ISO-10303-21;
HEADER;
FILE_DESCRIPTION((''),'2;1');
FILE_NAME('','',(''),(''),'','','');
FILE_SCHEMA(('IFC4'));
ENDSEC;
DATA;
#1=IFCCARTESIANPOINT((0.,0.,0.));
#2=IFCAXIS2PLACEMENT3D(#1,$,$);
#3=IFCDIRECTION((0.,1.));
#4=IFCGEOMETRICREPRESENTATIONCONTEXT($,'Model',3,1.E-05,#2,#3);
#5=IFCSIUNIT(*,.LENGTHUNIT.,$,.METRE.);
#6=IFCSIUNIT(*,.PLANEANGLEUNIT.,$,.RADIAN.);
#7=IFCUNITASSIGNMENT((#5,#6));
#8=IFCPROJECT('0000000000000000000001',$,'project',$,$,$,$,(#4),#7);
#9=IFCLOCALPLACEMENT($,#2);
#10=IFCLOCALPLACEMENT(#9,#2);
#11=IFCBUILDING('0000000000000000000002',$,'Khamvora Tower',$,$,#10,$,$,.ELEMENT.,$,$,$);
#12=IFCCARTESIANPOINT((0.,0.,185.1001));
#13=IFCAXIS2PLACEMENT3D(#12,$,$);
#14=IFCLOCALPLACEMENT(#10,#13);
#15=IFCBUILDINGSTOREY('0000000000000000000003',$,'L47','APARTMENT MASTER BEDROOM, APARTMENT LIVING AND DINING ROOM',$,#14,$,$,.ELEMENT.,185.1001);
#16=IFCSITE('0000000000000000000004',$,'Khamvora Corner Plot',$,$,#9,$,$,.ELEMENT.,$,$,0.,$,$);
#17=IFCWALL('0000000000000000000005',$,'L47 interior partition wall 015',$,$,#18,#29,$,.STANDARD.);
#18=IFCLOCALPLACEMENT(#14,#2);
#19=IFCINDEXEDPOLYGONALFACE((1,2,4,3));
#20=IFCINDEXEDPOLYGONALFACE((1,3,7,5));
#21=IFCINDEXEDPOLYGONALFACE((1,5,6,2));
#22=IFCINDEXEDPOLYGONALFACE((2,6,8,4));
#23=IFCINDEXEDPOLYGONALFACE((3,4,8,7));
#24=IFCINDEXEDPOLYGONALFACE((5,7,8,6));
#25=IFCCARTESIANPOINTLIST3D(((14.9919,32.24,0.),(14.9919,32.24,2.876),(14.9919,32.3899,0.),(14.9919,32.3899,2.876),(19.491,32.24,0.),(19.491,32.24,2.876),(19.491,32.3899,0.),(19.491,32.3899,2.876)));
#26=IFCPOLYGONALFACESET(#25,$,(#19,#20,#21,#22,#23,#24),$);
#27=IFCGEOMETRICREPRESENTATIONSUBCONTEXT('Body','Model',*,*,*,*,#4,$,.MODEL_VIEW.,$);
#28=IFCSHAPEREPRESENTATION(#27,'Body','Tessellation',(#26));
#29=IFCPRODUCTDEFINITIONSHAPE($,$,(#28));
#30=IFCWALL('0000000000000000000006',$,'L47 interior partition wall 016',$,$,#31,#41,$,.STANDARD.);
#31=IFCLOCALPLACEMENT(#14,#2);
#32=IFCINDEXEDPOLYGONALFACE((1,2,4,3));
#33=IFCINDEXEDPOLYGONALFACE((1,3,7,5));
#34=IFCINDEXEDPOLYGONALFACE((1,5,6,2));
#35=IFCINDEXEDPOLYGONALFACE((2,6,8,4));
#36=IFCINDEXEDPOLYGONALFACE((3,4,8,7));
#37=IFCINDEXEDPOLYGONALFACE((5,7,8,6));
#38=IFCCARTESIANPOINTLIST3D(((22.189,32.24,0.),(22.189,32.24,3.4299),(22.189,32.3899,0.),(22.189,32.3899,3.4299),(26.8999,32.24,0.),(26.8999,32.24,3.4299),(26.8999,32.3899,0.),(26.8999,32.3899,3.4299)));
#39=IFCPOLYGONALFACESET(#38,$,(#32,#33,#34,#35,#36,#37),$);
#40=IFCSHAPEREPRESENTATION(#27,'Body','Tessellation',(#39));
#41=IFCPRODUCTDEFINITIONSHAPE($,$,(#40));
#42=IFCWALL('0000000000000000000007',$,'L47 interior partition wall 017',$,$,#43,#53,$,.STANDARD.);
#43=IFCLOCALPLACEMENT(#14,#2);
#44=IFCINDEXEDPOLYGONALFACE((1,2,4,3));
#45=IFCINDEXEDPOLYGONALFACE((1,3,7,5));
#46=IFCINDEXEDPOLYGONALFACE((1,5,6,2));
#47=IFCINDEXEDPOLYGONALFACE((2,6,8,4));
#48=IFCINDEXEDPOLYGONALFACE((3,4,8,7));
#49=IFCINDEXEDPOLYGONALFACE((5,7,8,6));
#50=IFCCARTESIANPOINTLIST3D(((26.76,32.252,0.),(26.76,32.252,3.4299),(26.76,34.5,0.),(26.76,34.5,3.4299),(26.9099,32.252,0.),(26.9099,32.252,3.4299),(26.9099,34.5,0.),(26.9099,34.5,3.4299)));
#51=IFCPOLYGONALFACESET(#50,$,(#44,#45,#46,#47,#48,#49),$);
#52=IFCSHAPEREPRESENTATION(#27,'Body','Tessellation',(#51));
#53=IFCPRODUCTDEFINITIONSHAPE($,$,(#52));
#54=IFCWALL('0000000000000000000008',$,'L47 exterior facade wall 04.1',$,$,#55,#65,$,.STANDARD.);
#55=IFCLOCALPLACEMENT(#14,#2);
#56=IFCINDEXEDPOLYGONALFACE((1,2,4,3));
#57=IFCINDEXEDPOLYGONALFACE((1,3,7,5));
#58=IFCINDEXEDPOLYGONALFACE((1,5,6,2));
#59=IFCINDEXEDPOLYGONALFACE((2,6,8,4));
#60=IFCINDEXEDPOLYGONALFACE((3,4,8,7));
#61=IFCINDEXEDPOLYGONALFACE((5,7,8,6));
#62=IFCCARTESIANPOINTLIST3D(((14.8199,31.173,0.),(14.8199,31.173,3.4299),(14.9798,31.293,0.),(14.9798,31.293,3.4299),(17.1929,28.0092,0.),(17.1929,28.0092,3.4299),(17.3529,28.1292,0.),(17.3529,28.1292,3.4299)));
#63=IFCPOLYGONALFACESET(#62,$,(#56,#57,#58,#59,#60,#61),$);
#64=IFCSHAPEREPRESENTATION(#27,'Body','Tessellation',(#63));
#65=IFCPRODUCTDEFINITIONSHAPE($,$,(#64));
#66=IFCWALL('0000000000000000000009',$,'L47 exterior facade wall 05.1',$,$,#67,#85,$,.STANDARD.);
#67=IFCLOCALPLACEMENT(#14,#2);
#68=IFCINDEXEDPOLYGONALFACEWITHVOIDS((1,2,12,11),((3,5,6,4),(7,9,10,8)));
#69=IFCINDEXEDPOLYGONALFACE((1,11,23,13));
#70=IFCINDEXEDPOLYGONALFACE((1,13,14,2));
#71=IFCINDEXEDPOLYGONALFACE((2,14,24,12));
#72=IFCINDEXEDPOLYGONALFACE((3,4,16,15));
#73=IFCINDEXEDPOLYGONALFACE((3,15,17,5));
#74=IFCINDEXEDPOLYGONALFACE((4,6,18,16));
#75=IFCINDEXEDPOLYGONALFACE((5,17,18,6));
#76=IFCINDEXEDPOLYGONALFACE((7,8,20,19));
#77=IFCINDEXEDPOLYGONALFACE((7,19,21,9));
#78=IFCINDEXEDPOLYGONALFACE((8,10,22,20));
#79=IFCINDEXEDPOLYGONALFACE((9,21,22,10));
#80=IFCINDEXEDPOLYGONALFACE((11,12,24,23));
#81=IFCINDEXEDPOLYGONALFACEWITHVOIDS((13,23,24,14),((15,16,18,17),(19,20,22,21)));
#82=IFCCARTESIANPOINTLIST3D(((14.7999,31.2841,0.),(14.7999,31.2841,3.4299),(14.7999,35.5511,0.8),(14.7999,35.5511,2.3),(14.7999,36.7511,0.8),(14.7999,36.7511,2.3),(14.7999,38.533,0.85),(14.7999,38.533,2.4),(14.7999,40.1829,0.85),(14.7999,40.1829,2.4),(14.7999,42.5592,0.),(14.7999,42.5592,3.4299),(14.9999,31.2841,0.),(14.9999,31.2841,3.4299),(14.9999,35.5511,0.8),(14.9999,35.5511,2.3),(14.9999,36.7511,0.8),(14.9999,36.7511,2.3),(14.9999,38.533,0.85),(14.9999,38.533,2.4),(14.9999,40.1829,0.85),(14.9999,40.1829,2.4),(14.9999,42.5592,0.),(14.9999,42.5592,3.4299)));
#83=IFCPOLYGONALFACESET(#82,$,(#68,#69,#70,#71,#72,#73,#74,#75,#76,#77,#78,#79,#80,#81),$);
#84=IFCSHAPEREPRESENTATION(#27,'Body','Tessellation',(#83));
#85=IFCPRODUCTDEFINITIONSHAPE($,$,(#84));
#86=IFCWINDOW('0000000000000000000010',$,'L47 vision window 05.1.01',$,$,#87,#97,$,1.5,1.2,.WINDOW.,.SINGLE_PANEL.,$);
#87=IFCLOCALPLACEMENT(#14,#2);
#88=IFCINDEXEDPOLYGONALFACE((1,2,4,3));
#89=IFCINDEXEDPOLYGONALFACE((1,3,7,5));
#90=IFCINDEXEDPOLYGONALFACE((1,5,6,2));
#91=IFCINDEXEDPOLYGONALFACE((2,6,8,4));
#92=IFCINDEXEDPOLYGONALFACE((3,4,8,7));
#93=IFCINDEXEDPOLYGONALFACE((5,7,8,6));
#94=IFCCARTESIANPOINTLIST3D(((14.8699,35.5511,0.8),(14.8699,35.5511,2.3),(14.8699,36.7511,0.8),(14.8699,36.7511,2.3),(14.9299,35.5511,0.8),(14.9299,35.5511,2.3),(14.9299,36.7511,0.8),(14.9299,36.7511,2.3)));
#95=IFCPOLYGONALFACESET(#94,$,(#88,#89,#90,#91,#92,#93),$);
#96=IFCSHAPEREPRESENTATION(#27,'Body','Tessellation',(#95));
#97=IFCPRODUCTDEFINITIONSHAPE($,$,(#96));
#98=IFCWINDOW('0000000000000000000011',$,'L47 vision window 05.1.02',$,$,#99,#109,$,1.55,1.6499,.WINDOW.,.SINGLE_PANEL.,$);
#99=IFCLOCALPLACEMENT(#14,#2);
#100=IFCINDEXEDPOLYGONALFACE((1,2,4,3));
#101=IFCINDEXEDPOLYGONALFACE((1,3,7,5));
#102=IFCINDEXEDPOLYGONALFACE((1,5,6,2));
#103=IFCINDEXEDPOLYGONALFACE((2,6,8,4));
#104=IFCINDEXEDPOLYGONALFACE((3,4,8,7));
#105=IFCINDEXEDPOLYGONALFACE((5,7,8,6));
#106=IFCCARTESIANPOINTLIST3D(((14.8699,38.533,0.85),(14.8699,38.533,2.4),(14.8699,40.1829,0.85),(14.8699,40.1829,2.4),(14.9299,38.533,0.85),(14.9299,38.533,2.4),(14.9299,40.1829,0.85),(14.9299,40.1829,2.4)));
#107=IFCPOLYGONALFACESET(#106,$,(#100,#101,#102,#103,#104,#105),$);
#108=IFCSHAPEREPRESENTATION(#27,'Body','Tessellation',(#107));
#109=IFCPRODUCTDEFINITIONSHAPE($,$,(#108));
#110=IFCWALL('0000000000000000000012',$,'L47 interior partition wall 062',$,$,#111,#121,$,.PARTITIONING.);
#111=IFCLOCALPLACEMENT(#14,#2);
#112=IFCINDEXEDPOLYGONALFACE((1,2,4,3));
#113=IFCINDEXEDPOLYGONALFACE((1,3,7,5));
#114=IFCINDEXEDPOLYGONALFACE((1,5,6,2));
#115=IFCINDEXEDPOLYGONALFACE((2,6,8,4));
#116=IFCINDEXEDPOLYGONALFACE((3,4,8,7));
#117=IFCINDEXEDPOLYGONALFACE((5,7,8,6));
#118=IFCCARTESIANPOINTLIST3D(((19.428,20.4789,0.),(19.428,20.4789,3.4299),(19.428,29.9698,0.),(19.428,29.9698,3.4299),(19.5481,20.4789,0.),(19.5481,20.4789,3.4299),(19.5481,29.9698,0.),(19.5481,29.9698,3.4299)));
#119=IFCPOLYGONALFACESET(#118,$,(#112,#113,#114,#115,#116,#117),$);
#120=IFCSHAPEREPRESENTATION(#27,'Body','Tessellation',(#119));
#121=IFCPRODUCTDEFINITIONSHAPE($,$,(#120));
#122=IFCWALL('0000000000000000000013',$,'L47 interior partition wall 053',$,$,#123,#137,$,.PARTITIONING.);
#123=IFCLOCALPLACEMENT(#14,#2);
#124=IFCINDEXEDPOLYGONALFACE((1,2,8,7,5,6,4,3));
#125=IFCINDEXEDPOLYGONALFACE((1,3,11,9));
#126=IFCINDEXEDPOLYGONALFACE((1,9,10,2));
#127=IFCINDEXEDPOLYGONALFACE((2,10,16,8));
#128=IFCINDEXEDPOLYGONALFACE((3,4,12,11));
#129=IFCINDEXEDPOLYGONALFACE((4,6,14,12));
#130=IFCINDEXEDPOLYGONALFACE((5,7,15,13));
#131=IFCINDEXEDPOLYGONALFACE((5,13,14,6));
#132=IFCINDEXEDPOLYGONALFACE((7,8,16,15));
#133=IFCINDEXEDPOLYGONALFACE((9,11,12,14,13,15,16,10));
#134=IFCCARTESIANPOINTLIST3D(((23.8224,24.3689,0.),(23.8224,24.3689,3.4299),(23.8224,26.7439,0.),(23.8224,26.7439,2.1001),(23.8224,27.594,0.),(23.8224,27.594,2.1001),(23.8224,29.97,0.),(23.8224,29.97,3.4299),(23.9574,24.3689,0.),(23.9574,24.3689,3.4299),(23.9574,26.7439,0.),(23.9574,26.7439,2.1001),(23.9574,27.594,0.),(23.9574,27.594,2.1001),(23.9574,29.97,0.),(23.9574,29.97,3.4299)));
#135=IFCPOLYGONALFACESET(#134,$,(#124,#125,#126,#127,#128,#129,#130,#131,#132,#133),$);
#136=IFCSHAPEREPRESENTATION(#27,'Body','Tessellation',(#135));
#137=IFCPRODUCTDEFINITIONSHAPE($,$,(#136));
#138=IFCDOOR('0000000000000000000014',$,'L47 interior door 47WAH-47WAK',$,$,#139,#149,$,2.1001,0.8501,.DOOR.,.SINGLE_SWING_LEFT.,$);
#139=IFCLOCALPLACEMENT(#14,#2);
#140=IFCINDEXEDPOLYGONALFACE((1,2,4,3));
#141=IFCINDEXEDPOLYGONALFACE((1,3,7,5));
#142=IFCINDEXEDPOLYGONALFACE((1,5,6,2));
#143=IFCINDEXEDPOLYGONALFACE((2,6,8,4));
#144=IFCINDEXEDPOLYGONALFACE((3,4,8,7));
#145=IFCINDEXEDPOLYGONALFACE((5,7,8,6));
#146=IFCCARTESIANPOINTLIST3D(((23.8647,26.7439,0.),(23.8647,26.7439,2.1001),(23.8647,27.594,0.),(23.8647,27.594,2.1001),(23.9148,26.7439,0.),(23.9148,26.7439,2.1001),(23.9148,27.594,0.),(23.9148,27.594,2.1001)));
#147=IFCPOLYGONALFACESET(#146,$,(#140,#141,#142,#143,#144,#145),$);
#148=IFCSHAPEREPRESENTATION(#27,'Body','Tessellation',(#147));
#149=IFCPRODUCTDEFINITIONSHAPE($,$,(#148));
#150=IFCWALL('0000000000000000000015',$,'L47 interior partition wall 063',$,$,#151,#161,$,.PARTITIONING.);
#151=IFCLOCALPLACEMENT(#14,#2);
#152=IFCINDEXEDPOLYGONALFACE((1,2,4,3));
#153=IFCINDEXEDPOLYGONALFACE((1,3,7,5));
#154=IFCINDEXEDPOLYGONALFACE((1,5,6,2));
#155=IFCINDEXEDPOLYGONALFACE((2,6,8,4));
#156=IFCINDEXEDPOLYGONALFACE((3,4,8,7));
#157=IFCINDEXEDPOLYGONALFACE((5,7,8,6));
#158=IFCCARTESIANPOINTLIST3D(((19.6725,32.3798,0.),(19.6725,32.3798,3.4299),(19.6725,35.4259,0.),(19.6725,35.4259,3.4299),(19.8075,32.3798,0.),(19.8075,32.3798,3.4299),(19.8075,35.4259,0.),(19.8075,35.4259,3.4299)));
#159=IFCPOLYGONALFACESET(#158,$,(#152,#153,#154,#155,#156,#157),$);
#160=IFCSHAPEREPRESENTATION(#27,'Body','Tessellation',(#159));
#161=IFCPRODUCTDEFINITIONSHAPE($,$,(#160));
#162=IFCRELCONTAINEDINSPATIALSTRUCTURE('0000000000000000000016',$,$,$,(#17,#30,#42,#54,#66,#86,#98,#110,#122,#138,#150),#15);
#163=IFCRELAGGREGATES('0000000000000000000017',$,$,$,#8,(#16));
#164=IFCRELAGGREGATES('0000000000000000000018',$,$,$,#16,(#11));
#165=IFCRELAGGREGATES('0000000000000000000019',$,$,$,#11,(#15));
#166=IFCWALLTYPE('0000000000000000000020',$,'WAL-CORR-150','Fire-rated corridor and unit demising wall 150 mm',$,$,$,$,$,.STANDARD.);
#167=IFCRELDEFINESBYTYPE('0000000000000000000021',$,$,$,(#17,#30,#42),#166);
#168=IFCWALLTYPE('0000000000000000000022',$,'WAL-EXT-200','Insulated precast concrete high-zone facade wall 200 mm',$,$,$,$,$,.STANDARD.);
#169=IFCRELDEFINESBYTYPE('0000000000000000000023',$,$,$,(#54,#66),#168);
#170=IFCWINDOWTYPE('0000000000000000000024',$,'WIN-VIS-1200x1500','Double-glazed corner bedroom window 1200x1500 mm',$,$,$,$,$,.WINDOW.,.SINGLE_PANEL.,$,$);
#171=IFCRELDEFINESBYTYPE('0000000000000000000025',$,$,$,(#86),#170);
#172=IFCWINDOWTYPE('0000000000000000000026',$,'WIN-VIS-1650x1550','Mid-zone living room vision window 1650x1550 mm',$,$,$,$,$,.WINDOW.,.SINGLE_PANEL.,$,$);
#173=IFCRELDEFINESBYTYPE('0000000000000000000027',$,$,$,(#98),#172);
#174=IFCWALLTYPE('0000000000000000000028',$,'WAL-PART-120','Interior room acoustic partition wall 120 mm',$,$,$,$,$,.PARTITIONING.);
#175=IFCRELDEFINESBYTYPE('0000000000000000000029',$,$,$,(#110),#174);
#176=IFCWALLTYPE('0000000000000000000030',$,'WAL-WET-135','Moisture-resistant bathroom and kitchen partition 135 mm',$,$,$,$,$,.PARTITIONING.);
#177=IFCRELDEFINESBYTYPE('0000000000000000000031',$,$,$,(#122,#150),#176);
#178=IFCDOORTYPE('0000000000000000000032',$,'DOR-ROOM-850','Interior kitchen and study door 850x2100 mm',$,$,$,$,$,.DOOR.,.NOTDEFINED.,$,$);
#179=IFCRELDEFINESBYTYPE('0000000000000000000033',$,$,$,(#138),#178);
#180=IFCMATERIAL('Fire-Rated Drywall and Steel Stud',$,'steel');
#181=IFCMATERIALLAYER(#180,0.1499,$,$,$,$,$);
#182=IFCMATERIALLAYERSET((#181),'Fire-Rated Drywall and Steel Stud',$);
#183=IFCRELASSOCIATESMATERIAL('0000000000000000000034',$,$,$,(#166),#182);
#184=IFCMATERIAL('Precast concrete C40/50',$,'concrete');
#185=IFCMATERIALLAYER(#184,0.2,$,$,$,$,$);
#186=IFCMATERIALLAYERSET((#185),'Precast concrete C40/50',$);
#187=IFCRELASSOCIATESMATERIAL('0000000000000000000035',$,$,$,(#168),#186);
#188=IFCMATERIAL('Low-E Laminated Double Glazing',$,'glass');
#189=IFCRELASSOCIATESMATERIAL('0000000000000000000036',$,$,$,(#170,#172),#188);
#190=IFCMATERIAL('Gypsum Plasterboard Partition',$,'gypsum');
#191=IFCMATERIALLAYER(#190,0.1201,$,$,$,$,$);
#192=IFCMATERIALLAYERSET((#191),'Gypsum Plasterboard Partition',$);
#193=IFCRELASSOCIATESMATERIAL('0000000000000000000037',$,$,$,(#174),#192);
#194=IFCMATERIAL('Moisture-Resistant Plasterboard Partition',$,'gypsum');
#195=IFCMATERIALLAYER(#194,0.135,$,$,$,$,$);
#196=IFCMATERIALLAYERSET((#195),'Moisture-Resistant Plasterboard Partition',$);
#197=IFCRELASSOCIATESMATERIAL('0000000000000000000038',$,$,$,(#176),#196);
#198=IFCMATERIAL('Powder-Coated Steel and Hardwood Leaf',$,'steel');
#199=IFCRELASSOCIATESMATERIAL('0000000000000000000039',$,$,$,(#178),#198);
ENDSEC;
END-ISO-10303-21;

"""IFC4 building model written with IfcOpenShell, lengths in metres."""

from ifc_helpers import new_model, si_unit, direction, frame, frame_2d, origin, place, context, subcontext, project, spatial, rectangle, extrude, material, layer, layer_set, type_object, element, fill, save


model = new_model("IFC4")

# Units and contexts
model_context = context("Model", 3, precision=1e-05, world=origin(), true_north=direction((0.0, 1.0)))
body_context = subcontext(model_context, "Body", "Model", "MODEL_VIEW")
ifc_project = project(units=[si_unit("LENGTHUNIT", "METRE"), si_unit("PLANEANGLEUNIT", "RADIAN")], contexts=[model_context])

# Site, building, storey
site_placement = place(None, origin())
site = spatial("IfcSite", under=ifc_project, at=site_placement, Name="Khamvora Corner Plot", CompositionType="ELEMENT", RefElevation=0.0)
building_placement = place(site_placement, origin())
building = spatial("IfcBuilding", under=site, at=building_placement, Name="Khamvora Tower", CompositionType="ELEMENT")
storey_placement = place(building_placement, frame((0.0, 0.0, 185.1001)))
storey = spatial("IfcBuildingStorey", under=building, at=storey_placement, Name="L47", Description="APARTMENT MASTER BEDROOM, APARTMENT LIVING AND DINING ROOM", CompositionType="ELEMENT", Elevation=185.1001)

# Shared definitions
ifc_material_1 = material(Name="Fire-Rated Drywall and Steel Stud", Category="steel")
ifc_layer_1 = layer(ifc_material_1, 0.1499)
ifc_layer_set_1 = layer_set([ifc_layer_1], Name="Fire-Rated Drywall and Steel Stud")
wall_type_1 = type_object("IfcWallType", Name="WAL-CORR-150", Description="Fire-rated corridor and unit demising wall 150 mm", PredefinedType="STANDARD", material=ifc_layer_set_1)

# Shared definitions
ifc_material_2 = material(Name="Powder-Coated Steel and Hardwood Leaf", Category="steel")

# Walls
wall_1_placement = place(storey_placement, frame((14.9919, 32.3149, 0.0), z_axis=(0.0, 0.0, 1.0), x_axis=(1.0, 0.0, 0.0)))
element("IfcWall", 1, at=wall_1_placement, inside=storey, type_object=wall_type_1, Name="L47 interior partition wall 015", PredefinedType="STANDARD", context=body_context, shape_type="SweptSolid", body=[
    extrude(rectangle(XDim=4.499, YDim=0.1499, at=frame_2d((2.2495, 0.0))), origin(), (0.0, 0.0, 1.0), 2.876),
])
wall_2_placement = place(storey_placement, frame((22.189, 32.3149, 0.0), z_axis=(0.0, 0.0, 1.0), x_axis=(1.0, 0.0, 0.0)))
element("IfcWall", 2, at=wall_2_placement, inside=storey, type_object=wall_type_1, Name="L47 interior partition wall 016", PredefinedType="STANDARD", context=body_context, shape_type="SweptSolid", body=[
    extrude(rectangle(XDim=4.7109, YDim=0.1499, at=frame_2d((2.3555, 0.0))), origin(), (0.0, 0.0, 1.0), 3.4299),
])
wall_3_placement = place(storey_placement, frame((26.835, 32.252, 0.0), z_axis=(0.0, 0.0, 1.0), x_axis=(0.0, 1.0, 0.0)))
element("IfcWall", 3, at=wall_3_placement, inside=storey, type_object=wall_type_1, Name="L47 interior partition wall 017", PredefinedType="STANDARD", context=body_context, shape_type="SweptSolid", body=[
    extrude(rectangle(XDim=2.248, YDim=0.1499, at=frame_2d((1.124, 0.0))), origin(), (0.0, 0.0, 1.0), 3.4299),
])
ifc_material_3 = material(Name="Precast concrete C40/50", Category="concrete")
ifc_layer_2 = layer(ifc_material_3, 0.2)
ifc_layer_set_2 = layer_set([ifc_layer_2], Name="Precast concrete C40/50")
wall_type_2 = type_object("IfcWallType", Name="WAL-EXT-200", Description="Insulated precast concrete high-zone facade wall 200 mm", PredefinedType="STANDARD", material=ifc_layer_set_2)
wall_4_placement = place(storey_placement, frame((17.2729, 28.0691, 0.0), z_axis=(0.0, 0.0, 1.0), x_axis=(-0.60003, 0.799978, 0.0)))
element("IfcWall", 4, at=wall_4_placement, inside=storey, type_object=wall_type_2, Name="L47 exterior facade wall 04.1", PredefinedType="STANDARD", context=body_context, shape_type="SweptSolid", body=[
    extrude(rectangle(XDim=3.9548, YDim=0.2, at=frame_2d((1.9775, 0.0))), origin(), (0.0, 0.0, 1.0), 3.4299),
])

# Wall, openings, windows
wall_5_placement = place(storey_placement, frame((14.8999, 31.2839, 0.0), z_axis=(0.0, 0.0, 1.0), x_axis=(0.0, 1.0, 0.0)))
wall_5 = element("IfcWall", 5, at=wall_5_placement, inside=storey, type_object=wall_type_2, Name="L47 exterior facade wall 05.1", PredefinedType="STANDARD", context=body_context, shape_type="SweptSolid", body=[
    extrude(rectangle(XDim=11.2751, YDim=0.2, at=frame_2d((5.6377, 0.0))), origin(), (0.0, 0.0, 1.0), 3.4299),
])
opening_1_placement = place(wall_5_placement, frame((4.2671, 0.0, 0.8)))
opening_1 = element("IfcOpeningElement", 6, at=opening_1_placement, cuts=wall_5, PredefinedType="OPENING", context=body_context, shape_type="SweptSolid", body=[
    extrude(rectangle(XDim=1.2, YDim=1.5, at=frame_2d((0.6001, 0.75))), frame((0.0, 0.1099, 0.0), z_axis=(0.0, -1.0, 0.0), x_axis=(1.0, 0.0, 0.0)), (0.0, 0.0, 1.0), 0.22),
])
opening_2_placement = place(wall_5_placement, frame((7.249, 0.0, 0.8501)))
opening_2 = element("IfcOpeningElement", 7, at=opening_2_placement, cuts=wall_5, PredefinedType="OPENING", context=body_context, shape_type="SweptSolid", body=[
    extrude(rectangle(XDim=1.6499, YDim=1.55, at=frame_2d((0.825, 0.7749))), frame((0.0, 0.1099, 0.0), z_axis=(0.0, -1.0, 0.0), x_axis=(1.0, 0.0, 0.0)), (0.0, 0.0, 1.0), 0.22),
])
ifc_material_4 = material(Name="Low-E Laminated Double Glazing", Category="glass")
window_type_1 = type_object("IfcWindowType", Name="WIN-VIS-1200x1500", Description="Double-glazed corner bedroom window 1200x1500 mm", PartitioningType="SINGLE_PANEL", PredefinedType="WINDOW", material=ifc_material_4)
window_1_placement = place(opening_1_placement, origin())
window_1 = element("IfcWindow", 8, at=window_1_placement, inside=storey, type_object=window_type_1, Name="L47 vision window 05.1.01", OverallHeight=1.5, OverallWidth=1.2, PartitioningType="SINGLE_PANEL", PredefinedType="WINDOW", context=body_context, shape_type="SweptSolid", body=[
    extrude(rectangle(XDim=1.2, YDim=1.5, at=frame_2d((0.6001, 0.75))), frame((0.0, 0.03, 0.0), z_axis=(0.0, -1.0, 0.0), x_axis=(1.0, 0.0, 0.0)), (0.0, 0.0, 1.0), 0.0601),
])
fill(opening_1, window_1)
window_type_2 = type_object("IfcWindowType", Name="WIN-VIS-1650x1550", Description="Mid-zone living room vision window 1650x1550 mm", PartitioningType="SINGLE_PANEL", PredefinedType="WINDOW", material=ifc_material_4)
window_2_placement = place(opening_2_placement, origin())
window_2 = element("IfcWindow", 9, at=window_2_placement, inside=storey, type_object=window_type_2, Name="L47 vision window 05.1.02", OverallHeight=1.55, OverallWidth=1.6499, PartitioningType="SINGLE_PANEL", PredefinedType="WINDOW", context=body_context, shape_type="SweptSolid", body=[
    extrude(rectangle(XDim=1.6499, YDim=1.55, at=frame_2d((0.825, 0.7749))), frame((0.0, 0.03, 0.0), z_axis=(0.0, -1.0, 0.0), x_axis=(1.0, 0.0, 0.0)), (0.0, 0.0, 1.0), 0.0601),
])
fill(opening_2, window_2)

# Wall
ifc_material_5 = material(Name="Gypsum Plasterboard Partition", Category="gypsum")
ifc_layer_3 = layer(ifc_material_5, 0.1201)
ifc_layer_set_3 = layer_set([ifc_layer_3], Name="Gypsum Plasterboard Partition")
wall_type_3 = type_object("IfcWallType", Name="WAL-PART-120", Description="Interior room acoustic partition wall 120 mm", PredefinedType="PARTITIONING", material=ifc_layer_set_3)
wall_6_placement = place(storey_placement, frame((19.488, 29.97, 0.0), z_axis=(0.0, 0.0, 1.0), x_axis=(0.0, -1.0, 0.0)))
element("IfcWall", 10, at=wall_6_placement, inside=storey, type_object=wall_type_3, Name="L47 interior partition wall 062", PredefinedType="PARTITIONING", context=body_context, shape_type="SweptSolid", body=[
    extrude(rectangle(XDim=9.491, YDim=0.1201, at=frame_2d((4.7456, 0.0))), origin(), (0.0, 0.0, 1.0), 3.4299),
])

# Wall, opening, door
ifc_material_6 = material(Name="Moisture-Resistant Plasterboard Partition", Category="gypsum")
ifc_layer_4 = layer(ifc_material_6, 0.135)
ifc_layer_set_4 = layer_set([ifc_layer_4], Name="Moisture-Resistant Plasterboard Partition")
wall_type_4 = type_object("IfcWallType", Name="WAL-WET-135", Description="Moisture-resistant bathroom and kitchen partition 135 mm", PredefinedType="PARTITIONING", material=ifc_layer_set_4)
wall_7_placement = place(storey_placement, frame((23.8899, 29.97, 0.0), z_axis=(0.0, 0.0, 1.0), x_axis=(0.0, -1.0, 0.0)))
wall_7 = element("IfcWall", 11, at=wall_7_placement, inside=storey, type_object=wall_type_4, Name="L47 interior partition wall 053", PredefinedType="PARTITIONING", context=body_context, shape_type="SweptSolid", body=[
    extrude(rectangle(XDim=5.6011, YDim=0.135, at=frame_2d((2.8005, 0.0))), origin(), (0.0, 0.0, 1.0), 3.4299),
])
opening_3_placement = place(wall_7_placement, frame((2.376, 0.0, 0.0)))
opening_3 = element("IfcOpeningElement", 12, at=opening_3_placement, cuts=wall_7, PredefinedType="OPENING", context=body_context, shape_type="SweptSolid", body=[
    extrude(rectangle(XDim=0.8501, YDim=2.1001, at=frame_2d((0.425, 1.05))), frame((0.0, 0.0774, 0.0), z_axis=(0.0, -1.0, 0.0), x_axis=(1.0, 0.0, 0.0)), (0.0, 0.0, 1.0), 0.155),
])
door_type_1 = type_object("IfcDoorType", Name="DOR-ROOM-850", Description="Interior kitchen and study door 850x2100 mm", OperationType="NOTDEFINED", PredefinedType="DOOR", material=ifc_material_2)
door_1_placement = place(opening_3_placement, origin())
door_1 = element("IfcDoor", 13, at=door_1_placement, inside=storey, type_object=door_type_1, Name="L47 interior door 47WAH-47WAK", OperationType="SINGLE_SWING_LEFT", OverallHeight=2.1001, OverallWidth=0.8501, PredefinedType="DOOR", context=body_context, shape_type="SweptSolid", body=[
    extrude(rectangle(XDim=0.8501, YDim=2.1001, at=frame_2d((0.425, 1.05))), frame((0.0, 0.0249, 0.0), z_axis=(0.0, -1.0, 0.0), x_axis=(1.0, 0.0, 0.0)), (0.0, 0.0, 1.0), 0.05),
])
fill(opening_3, door_1)

# Wall
wall_8_placement = place(storey_placement, frame((19.74, 32.3799, 0.0), z_axis=(0.0, 0.0, 1.0), x_axis=(0.0, 1.0, 0.0)))
element("IfcWall", 14, at=wall_8_placement, inside=storey, type_object=wall_type_4, Name="L47 interior partition wall 063", PredefinedType="PARTITIONING", context=body_context, shape_type="SweptSolid", body=[
    extrude(rectangle(XDim=3.0461, YDim=0.135, at=frame_2d((1.5229, 0.0))), origin(), (0.0, 0.0, 1.0), 3.4299),
])

save(model, "model.ifc")
